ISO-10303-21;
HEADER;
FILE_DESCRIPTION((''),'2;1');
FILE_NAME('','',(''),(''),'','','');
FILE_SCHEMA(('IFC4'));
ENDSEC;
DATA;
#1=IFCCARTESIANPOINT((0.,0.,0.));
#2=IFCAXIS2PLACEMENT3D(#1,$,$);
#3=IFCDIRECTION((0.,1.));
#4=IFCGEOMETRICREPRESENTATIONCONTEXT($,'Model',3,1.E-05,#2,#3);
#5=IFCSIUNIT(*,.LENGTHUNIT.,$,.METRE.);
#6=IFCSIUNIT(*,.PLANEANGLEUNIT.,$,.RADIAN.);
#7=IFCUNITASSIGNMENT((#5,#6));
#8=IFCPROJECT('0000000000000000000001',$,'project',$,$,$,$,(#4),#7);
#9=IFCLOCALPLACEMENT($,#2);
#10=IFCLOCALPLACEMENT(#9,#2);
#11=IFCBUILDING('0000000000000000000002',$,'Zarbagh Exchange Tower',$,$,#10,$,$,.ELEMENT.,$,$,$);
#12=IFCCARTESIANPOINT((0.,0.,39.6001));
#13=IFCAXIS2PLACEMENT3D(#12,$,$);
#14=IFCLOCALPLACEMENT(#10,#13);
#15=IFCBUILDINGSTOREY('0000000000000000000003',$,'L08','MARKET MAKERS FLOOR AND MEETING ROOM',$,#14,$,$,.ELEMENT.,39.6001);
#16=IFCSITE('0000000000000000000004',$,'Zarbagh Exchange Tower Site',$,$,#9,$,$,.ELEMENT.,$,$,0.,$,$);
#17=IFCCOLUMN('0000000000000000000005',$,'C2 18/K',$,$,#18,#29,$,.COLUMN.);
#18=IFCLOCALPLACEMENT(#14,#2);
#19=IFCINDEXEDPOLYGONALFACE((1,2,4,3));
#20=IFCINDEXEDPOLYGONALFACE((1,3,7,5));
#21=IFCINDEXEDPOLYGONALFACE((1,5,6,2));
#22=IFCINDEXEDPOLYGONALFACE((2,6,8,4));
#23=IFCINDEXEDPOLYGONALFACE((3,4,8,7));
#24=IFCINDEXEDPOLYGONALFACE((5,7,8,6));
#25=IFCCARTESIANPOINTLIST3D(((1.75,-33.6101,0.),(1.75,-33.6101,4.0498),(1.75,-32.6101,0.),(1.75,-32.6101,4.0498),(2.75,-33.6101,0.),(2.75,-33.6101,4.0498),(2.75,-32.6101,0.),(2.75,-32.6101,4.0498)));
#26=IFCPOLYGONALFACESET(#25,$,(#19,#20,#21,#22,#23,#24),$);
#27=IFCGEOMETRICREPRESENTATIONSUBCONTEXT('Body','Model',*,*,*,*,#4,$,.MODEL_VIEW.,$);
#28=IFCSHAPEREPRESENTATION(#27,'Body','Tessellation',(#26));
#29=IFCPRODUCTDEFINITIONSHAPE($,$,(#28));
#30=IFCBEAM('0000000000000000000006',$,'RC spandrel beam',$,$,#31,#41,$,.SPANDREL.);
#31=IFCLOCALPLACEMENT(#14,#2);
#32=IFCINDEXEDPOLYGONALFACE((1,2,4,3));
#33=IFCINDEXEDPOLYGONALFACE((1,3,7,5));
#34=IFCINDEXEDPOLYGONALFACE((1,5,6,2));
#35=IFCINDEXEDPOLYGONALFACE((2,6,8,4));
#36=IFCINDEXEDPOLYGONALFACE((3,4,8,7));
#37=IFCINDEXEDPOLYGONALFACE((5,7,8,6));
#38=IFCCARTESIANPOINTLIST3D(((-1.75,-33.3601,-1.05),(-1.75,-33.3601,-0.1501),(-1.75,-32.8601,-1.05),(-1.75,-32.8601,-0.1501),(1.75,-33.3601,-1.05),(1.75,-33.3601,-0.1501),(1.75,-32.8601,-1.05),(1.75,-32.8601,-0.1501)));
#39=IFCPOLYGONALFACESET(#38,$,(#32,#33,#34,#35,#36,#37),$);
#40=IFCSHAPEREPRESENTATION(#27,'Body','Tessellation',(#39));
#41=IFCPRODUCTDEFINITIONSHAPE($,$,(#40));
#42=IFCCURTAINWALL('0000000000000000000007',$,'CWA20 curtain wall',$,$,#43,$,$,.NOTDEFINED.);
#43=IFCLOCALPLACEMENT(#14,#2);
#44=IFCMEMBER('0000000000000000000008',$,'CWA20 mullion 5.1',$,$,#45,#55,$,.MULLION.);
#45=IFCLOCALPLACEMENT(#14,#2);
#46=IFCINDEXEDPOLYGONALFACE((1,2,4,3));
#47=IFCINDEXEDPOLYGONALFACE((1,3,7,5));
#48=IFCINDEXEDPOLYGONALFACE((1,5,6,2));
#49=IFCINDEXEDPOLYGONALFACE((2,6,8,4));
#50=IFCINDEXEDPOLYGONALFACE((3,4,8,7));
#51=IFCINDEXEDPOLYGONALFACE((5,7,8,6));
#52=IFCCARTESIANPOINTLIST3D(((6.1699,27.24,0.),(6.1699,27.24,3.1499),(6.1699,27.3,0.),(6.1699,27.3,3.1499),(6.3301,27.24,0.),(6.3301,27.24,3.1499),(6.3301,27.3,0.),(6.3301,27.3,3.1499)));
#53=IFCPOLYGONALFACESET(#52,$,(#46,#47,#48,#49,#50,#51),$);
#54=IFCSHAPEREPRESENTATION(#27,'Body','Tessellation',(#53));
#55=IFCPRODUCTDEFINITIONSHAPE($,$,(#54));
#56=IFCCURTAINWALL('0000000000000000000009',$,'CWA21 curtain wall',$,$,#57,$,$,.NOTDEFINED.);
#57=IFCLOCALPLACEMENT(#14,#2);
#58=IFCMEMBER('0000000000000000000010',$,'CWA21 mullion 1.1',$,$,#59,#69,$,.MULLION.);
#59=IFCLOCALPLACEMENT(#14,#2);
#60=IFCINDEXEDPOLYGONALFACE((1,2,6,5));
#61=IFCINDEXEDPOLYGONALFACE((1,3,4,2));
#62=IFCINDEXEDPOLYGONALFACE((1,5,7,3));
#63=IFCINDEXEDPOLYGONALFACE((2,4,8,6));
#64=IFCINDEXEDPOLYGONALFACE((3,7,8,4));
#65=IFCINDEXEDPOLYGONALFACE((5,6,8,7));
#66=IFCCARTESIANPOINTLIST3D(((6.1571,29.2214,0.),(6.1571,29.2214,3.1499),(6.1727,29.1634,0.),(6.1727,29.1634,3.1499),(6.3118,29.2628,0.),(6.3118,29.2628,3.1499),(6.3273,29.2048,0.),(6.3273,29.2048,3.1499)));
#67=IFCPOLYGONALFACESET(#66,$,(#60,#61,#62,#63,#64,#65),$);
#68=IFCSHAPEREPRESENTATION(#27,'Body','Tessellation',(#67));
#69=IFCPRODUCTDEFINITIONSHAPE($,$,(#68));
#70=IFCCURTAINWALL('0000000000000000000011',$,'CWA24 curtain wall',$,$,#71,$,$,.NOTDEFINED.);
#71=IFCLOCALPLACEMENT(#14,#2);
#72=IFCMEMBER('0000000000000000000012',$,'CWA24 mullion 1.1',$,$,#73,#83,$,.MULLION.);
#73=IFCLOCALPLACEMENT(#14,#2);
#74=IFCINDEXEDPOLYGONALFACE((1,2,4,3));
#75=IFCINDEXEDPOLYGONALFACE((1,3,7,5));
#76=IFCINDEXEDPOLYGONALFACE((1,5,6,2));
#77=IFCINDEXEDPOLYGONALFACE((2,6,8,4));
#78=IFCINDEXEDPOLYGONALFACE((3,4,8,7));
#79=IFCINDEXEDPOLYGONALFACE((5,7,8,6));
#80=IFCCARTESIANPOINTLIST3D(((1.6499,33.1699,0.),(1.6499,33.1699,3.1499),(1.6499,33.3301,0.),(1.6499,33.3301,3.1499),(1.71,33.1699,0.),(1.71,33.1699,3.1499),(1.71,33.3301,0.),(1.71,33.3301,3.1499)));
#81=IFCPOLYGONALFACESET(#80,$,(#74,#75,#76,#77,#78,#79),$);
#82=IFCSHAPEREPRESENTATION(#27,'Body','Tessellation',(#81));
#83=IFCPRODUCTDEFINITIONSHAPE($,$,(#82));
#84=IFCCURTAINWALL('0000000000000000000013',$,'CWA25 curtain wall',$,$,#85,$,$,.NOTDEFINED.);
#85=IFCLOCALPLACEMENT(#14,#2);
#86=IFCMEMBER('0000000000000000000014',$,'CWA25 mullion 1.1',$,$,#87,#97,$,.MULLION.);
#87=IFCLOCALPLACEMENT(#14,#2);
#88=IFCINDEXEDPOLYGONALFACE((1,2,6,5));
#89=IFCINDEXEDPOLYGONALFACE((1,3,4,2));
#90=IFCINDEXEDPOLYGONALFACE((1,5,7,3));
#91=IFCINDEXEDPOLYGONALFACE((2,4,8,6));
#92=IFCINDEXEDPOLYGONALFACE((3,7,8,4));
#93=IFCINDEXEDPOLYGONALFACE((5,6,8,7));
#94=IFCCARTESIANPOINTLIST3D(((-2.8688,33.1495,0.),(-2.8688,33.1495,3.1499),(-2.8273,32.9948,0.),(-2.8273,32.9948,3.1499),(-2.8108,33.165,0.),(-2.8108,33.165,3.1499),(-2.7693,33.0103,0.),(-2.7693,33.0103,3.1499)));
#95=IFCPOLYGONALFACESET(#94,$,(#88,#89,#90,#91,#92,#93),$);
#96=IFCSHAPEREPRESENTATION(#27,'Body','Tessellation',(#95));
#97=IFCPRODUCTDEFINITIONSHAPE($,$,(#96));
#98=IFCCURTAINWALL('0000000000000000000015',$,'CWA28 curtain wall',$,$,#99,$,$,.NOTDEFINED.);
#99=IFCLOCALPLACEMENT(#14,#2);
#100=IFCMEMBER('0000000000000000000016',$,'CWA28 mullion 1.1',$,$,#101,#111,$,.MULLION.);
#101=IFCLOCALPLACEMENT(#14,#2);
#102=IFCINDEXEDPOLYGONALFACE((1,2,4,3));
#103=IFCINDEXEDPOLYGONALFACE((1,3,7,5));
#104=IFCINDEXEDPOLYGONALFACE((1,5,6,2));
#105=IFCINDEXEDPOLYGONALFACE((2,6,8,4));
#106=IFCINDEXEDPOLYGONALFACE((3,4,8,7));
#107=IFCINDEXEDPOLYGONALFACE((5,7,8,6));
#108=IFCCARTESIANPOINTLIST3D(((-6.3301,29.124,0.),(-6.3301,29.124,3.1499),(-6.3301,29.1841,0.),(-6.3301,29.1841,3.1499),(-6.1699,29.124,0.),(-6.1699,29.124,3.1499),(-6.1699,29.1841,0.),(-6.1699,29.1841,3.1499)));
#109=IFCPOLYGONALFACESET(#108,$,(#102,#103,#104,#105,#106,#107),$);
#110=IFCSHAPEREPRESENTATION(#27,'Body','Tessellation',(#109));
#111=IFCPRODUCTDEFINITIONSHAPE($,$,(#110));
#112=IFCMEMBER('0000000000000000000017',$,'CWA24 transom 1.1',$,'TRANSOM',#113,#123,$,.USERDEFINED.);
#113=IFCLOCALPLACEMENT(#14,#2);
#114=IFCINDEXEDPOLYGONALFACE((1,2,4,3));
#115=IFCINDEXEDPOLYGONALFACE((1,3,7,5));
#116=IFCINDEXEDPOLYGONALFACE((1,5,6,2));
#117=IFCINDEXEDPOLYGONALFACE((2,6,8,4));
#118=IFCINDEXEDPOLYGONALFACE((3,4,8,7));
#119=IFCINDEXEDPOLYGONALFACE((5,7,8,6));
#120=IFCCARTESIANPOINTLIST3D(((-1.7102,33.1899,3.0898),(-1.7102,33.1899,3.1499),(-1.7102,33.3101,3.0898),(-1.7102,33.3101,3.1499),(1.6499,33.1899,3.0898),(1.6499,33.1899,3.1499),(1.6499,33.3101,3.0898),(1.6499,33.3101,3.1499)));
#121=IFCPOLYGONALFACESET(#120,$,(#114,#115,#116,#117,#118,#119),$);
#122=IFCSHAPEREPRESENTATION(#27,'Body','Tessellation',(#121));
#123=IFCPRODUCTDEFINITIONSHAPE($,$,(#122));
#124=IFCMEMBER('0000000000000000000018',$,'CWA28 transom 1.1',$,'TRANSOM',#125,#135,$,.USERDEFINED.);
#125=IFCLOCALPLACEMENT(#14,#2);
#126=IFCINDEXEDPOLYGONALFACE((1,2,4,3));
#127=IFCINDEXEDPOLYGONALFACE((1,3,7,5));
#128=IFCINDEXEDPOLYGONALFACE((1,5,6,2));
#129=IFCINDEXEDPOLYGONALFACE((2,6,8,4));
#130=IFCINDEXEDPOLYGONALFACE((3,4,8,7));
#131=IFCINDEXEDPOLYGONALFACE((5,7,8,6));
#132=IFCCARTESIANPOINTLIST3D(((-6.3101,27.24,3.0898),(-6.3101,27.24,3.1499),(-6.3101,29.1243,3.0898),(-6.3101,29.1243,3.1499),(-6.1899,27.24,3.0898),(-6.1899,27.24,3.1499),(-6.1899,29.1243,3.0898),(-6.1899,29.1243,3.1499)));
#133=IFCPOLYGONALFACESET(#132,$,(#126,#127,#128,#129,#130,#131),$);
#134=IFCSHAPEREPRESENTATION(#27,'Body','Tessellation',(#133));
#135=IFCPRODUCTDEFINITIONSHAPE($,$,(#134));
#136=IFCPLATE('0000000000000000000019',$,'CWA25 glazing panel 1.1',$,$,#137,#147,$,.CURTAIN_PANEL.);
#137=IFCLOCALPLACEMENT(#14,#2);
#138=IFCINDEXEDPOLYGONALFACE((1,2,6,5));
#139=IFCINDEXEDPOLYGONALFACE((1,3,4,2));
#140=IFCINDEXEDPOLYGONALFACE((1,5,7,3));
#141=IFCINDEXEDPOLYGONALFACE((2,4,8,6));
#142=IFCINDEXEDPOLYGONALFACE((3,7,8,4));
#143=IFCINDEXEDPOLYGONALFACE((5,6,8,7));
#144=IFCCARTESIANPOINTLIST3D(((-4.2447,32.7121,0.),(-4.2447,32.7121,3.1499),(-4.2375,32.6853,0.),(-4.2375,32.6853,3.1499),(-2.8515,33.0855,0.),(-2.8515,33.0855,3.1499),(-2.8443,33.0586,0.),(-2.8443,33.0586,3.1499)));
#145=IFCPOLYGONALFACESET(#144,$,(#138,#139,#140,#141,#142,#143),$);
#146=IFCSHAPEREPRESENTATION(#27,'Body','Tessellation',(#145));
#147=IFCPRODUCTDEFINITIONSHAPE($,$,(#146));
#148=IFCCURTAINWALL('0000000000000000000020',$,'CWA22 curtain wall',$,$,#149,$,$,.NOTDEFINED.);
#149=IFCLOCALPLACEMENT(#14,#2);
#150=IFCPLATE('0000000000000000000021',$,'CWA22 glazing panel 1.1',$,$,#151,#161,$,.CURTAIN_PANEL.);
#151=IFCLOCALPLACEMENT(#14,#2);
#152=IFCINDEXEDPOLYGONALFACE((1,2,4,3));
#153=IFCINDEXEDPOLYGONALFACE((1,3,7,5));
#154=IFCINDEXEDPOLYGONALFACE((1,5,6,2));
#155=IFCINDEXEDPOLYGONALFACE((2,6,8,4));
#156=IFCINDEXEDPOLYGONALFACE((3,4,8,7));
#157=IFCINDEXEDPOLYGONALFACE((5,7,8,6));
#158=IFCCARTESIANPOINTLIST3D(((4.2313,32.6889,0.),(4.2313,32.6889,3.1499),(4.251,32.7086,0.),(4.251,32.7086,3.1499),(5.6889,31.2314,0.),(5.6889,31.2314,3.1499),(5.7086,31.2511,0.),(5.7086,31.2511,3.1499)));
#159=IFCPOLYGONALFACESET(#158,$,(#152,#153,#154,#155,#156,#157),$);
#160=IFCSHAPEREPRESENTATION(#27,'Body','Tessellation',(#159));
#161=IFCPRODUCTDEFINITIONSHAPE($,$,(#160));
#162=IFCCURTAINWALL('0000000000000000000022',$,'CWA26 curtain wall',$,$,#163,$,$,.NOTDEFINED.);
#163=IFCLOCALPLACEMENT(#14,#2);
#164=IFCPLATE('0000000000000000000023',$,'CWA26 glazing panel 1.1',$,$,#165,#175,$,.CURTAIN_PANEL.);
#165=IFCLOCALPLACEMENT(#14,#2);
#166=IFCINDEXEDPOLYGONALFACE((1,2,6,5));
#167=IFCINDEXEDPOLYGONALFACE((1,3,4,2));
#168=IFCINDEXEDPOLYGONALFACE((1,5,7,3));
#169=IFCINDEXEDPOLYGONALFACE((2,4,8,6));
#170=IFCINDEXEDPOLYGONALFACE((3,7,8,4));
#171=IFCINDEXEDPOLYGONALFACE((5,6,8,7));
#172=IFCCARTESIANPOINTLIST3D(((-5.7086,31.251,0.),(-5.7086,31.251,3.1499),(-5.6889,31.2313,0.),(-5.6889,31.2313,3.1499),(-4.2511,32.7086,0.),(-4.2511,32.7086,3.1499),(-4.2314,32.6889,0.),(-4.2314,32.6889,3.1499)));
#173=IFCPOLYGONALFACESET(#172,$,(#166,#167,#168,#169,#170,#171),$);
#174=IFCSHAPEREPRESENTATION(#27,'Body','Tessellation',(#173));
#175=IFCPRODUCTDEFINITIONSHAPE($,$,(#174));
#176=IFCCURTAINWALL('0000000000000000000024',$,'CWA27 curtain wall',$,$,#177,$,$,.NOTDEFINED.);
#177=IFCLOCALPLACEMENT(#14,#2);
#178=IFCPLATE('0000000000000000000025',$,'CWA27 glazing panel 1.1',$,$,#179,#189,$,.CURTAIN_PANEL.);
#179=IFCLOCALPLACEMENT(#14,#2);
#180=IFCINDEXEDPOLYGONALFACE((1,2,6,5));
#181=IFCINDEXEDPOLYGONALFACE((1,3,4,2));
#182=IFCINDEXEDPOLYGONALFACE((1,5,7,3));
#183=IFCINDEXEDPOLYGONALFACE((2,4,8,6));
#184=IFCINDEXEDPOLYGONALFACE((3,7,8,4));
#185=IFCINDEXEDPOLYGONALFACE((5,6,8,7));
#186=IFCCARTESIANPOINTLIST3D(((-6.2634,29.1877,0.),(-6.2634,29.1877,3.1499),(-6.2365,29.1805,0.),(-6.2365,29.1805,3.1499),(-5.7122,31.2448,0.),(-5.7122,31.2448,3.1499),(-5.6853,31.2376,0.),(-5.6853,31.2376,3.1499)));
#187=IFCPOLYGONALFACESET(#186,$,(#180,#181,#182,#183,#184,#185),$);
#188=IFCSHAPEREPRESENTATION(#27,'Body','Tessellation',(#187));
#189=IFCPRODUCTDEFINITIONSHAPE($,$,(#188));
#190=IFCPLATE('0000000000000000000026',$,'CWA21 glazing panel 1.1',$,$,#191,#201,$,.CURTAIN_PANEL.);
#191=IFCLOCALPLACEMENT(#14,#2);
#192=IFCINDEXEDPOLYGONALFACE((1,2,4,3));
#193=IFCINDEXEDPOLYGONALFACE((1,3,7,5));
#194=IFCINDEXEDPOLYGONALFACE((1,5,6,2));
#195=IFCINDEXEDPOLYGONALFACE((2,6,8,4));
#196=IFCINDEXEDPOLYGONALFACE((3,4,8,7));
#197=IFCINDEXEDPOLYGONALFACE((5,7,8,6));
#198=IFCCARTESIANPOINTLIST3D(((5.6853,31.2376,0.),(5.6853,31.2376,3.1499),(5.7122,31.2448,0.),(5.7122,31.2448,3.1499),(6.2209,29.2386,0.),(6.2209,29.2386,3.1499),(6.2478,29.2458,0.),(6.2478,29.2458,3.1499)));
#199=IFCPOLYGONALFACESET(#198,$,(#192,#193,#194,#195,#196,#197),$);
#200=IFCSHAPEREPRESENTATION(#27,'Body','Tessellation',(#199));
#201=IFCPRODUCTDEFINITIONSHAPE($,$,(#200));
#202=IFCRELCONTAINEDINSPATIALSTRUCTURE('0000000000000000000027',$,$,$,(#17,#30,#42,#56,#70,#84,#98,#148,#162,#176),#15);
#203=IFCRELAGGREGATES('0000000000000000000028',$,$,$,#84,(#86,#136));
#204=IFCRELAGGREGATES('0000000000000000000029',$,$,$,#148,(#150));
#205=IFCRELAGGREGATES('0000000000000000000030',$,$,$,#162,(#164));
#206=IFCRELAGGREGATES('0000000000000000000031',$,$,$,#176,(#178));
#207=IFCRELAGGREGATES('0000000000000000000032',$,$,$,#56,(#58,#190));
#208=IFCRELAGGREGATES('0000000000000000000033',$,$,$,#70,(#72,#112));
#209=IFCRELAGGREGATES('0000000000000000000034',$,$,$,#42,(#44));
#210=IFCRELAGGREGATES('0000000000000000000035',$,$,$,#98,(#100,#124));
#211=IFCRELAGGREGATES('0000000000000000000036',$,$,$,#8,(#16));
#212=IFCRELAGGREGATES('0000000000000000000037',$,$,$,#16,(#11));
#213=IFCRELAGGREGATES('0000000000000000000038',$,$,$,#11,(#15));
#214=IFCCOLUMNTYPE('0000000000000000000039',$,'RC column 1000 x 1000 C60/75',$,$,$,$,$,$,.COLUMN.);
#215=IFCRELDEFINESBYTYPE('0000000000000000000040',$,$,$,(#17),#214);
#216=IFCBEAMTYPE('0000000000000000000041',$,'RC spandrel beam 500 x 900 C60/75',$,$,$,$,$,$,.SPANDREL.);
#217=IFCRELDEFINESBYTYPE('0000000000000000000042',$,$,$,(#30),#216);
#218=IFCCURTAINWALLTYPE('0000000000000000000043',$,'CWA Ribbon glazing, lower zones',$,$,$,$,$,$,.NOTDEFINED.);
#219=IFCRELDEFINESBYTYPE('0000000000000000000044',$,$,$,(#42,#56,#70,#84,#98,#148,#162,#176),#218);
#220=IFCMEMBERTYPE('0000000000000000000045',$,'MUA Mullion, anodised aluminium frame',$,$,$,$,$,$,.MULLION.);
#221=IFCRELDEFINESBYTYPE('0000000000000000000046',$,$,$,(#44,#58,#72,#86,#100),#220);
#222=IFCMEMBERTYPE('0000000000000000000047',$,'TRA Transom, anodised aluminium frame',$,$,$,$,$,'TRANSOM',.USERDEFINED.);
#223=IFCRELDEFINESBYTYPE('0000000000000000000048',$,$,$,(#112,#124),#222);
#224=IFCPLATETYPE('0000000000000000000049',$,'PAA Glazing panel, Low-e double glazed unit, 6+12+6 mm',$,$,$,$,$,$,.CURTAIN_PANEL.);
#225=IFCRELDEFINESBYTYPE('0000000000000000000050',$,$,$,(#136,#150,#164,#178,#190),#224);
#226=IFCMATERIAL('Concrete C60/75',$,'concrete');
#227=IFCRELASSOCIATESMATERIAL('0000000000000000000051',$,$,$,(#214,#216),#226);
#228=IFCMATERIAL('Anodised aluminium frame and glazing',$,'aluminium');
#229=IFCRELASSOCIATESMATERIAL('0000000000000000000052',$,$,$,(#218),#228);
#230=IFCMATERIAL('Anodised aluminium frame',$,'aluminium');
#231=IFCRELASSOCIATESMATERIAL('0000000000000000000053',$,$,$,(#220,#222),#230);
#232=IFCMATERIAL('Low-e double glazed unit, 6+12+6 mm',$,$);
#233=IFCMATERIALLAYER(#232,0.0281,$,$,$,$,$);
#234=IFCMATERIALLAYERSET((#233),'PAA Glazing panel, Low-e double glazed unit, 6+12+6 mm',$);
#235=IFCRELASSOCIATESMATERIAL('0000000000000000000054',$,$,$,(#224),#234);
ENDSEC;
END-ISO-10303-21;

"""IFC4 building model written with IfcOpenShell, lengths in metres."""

from ifc_helpers import new_model, si_unit, direction, frame, origin, origin_2d, place, context, subcontext, project, spatial, polyline, rectangle, outline, extrude, source, transform, mapped, material, layer, layer_set, material_profile, profile_set, type_object, element, aggregate, save


model = new_model("IFC4")

# Units and contexts
model_context = context("Model", 3, precision=1e-05, world=origin(), true_north=direction((0.0, 1.0)))
body_context = subcontext(model_context, "Body", "Model", "MODEL_VIEW")
ifc_project = project(units=[si_unit("LENGTHUNIT", "METRE"), si_unit("PLANEANGLEUNIT", "RADIAN")], contexts=[model_context])

# Site, building, storey
site_placement = place(None, origin())
site = spatial("IfcSite", under=ifc_project, at=site_placement, Name="Zarbagh Exchange Tower Site", CompositionType="ELEMENT", RefElevation=0.0)
building_placement = place(site_placement, origin())
building = spatial("IfcBuilding", under=site, at=building_placement, Name="Zarbagh Exchange Tower", CompositionType="ELEMENT")
storey_placement = place(building_placement, frame((0.0, 0.0, 39.6001)))
storey = spatial("IfcBuildingStorey", under=building, at=storey_placement, Name="L08", Description="MARKET MAKERS FLOOR AND MEETING ROOM", CompositionType="ELEMENT", Elevation=39.6001)

# Column
ifc_material_1 = material(Name="Concrete C60/75", Category="concrete")
ifc_material_profile_1 = material_profile(ifc_material_1, rectangle(XDim=1.0, YDim=1.0, at=origin_2d()), Name="RC column 1000 x 1000 C60/75")
ifc_profile_set_1 = profile_set([ifc_material_profile_1], Name="Concrete C60/75")
column_type = type_object("IfcColumnType", Name="RC column 1000 x 1000 C60/75", PredefinedType="COLUMN", material=ifc_profile_set_1)
column_placement = place(storey_placement, frame((2.25, -33.1101, 0.0), z_axis=(0.0, 0.0, 1.0), x_axis=(1.0, 0.0, 0.0)))
element("IfcColumn", 1, at=column_placement, inside=storey, type_object=column_type, Name="C2 18/K", PredefinedType="COLUMN", context=body_context, shape_type="SweptSolid", body=[
    extrude(rectangle(XDim=1.0, YDim=1.0, at=origin_2d()), origin(), (0.0, 0.0, 1.0), 4.0498),
])

# Beam
ifc_material_profile_2 = material_profile(ifc_material_1, rectangle(XDim=0.5, YDim=0.8999, at=origin_2d()), Name="RC spandrel beam 500 x 900 C60/75")
ifc_profile_set_2 = profile_set([ifc_material_profile_2], Name="Concrete C60/75")
beam_type = type_object("IfcBeamType", Name="RC spandrel beam 500 x 900 C60/75", PredefinedType="SPANDREL", material=ifc_profile_set_2)
beam_placement = place(storey_placement, frame((1.75, -33.1101, -0.6001), z_axis=(-1.0, 0.0, 0.0), x_axis=(0.0, -1.0, 0.0)))
element("IfcBeam", 2, at=beam_placement, inside=storey, type_object=beam_type, Name="RC spandrel beam", PredefinedType="SPANDREL", context=body_context, shape_type="SweptSolid", body=[
    extrude(rectangle(XDim=0.5, YDim=0.8999, at=origin_2d()), origin(), (0.0, 0.0, 1.0), 3.5),
])

# Curtain walls, members
ifc_material_2 = material(Name="Anodised aluminium frame and glazing", Category="aluminium")
curtain_wall_type = type_object("IfcCurtainWallType", Name="CWA Ribbon glazing, lower zones", PredefinedType="NOTDEFINED", material=ifc_material_2)
curtain_wall_1_placement = place(storey_placement, origin())
curtain_wall_1 = element("IfcCurtainWall", 3, at=curtain_wall_1_placement, inside=storey, type_object=curtain_wall_type, Name="CWA20 curtain wall", PredefinedType="NOTDEFINED")
ifc_material_3 = material(Name="Anodised aluminium frame", Category="aluminium")
member_type_1 = type_object("IfcMemberType", Name="MUA Mullion, anodised aluminium frame", PredefinedType="MULLION", material=ifc_material_3)
shared_shape_1 = source(origin(), body_context, "Body", "SweptSolid", [
    extrude(outline(polyline([(0.0, -0.0801), (0.0601, -0.0801), (0.0601, 0.0801), (0.0, 0.0801), (0.0, -0.0801)])), origin(), (0.0, 0.0, 1.0), 3.1499),
])
placement = place(storey_placement, origin())
member_1 = element("IfcMember", 4, at=placement, type_object=member_type_1, Name="CWA20 mullion 5.1", PredefinedType="MULLION", context=body_context, shape_type="MappedRepresentation", body=[
    mapped(shared_shape_1, transform((6.25, 27.24, 0.0), x_axis=(0.0, 1.0, 0.0), y_axis=(-1.0, 0.0, 0.0), z_axis=(0.0, 0.0, 1.0))),
])
curtain_wall_2_placement = place(storey_placement, origin())
curtain_wall_2 = element("IfcCurtainWall", 5, at=curtain_wall_2_placement, inside=storey, type_object=curtain_wall_type, Name="CWA21 curtain wall", PredefinedType="NOTDEFINED")
member_2 = element("IfcMember", 6, at=placement, type_object=member_type_1, Name="CWA21 mullion 1.1", PredefinedType="MULLION", context=body_context, shape_type="MappedRepresentation", body=[
    mapped(shared_shape_1, transform((6.25, 29.1841, 0.0), x_axis=(-0.258825, 0.965924, 0.0), y_axis=(-0.965924, -0.258825, 0.0), z_axis=(0.0, 0.0, 1.0))),
])
curtain_wall_3_placement = place(storey_placement, origin())
curtain_wall_3 = element("IfcCurtainWall", 7, at=curtain_wall_3_placement, inside=storey, type_object=curtain_wall_type, Name="CWA24 curtain wall", PredefinedType="NOTDEFINED")
member_3 = element("IfcMember", 8, at=placement, type_object=member_type_1, Name="CWA24 mullion 1.1", PredefinedType="MULLION", context=body_context, shape_type="MappedRepresentation", body=[
    mapped(shared_shape_1, transform((1.71, 33.25, 0.0), x_axis=(-1.0, 0.0, 0.0), y_axis=(0.0, -1.0, 0.0), z_axis=(0.0, 0.0, 1.0))),
])
curtain_wall_4_placement = place(storey_placement, origin())
curtain_wall_4 = element("IfcCurtainWall", 9, at=curtain_wall_4_placement, inside=storey, type_object=curtain_wall_type, Name="CWA25 curtain wall", PredefinedType="NOTDEFINED")
member_4 = element("IfcMember", 10, at=placement, type_object=member_type_1, Name="CWA25 mullion 1.1", PredefinedType="MULLION", context=body_context, shape_type="MappedRepresentation", body=[
    mapped(shared_shape_1, transform((-2.79, 33.0876, 0.0), x_axis=(-0.965924, -0.258825, 0.0), y_axis=(0.258825, -0.965924, 0.0), z_axis=(0.0, 0.0, 1.0))),
])
curtain_wall_5_placement = place(storey_placement, origin())
curtain_wall_5 = element("IfcCurtainWall", 11, at=curtain_wall_5_placement, inside=storey, type_object=curtain_wall_type, Name="CWA28 curtain wall", PredefinedType="NOTDEFINED")
member_5 = element("IfcMember", 12, at=placement, type_object=member_type_1, Name="CWA28 mullion 1.1", PredefinedType="MULLION", context=body_context, shape_type="MappedRepresentation", body=[
    mapped(shared_shape_1, transform((-6.25, 29.1841, 0.0), x_axis=(0.0, -1.0, 0.0), y_axis=(1.0, 0.0, 0.0), z_axis=(0.0, 0.0, 1.0))),
])

# Members
member_type_2 = type_object("IfcMemberType", Name="TRA Transom, anodised aluminium frame", ElementType="TRANSOM", PredefinedType="USERDEFINED", material=ifc_material_3)
shared_shape_2 = source(origin(), body_context, "Body", "SweptSolid", [
    extrude(outline(polyline([(-0.0601, -0.0601), (0.0, -0.0601), (0.0, 0.0601), (-0.0601, 0.0601), (-0.0601, -0.0601)])), origin(), (0.0, 0.0, 1.0), 3.3601),
])
member_6 = element("IfcMember", 13, at=placement, type_object=member_type_2, Name="CWA24 transom 1.1", ObjectType="TRANSOM", PredefinedType="USERDEFINED", context=body_context, shape_type="MappedRepresentation", body=[
    mapped(shared_shape_2, transform((1.6499, 33.25, 3.1499), x_axis=(0.0, 0.0, 1.0), y_axis=(0.0, 1.0, 0.0), z_axis=(-1.0, 0.0, 0.0))),
])
shared_shape_3 = source(origin(), body_context, "Body", "SweptSolid", [
    extrude(outline(polyline([(-0.0601, -0.0601), (0.0, -0.0601), (0.0, 0.0601), (-0.0601, 0.0601), (-0.0601, -0.0601)])), origin(), (0.0, 0.0, 1.0), 1.8843),
])
member_7 = element("IfcMember", 14, at=placement, type_object=member_type_2, Name="CWA28 transom 1.1", ObjectType="TRANSOM", PredefinedType="USERDEFINED", context=body_context, shape_type="MappedRepresentation", body=[
    mapped(shared_shape_3, transform((-6.25, 29.1243, 3.1499), x_axis=(0.0, 0.0, 1.0), y_axis=(-1.0, 0.0, 0.0), z_axis=(0.0, -1.0, 0.0))),
])

# Plate
ifc_material_4 = material(Name="Low-e double glazed unit, 6+12+6 mm")
ifc_layer_1 = layer(ifc_material_4, 0.0281)
ifc_layer_set_1 = layer_set([ifc_layer_1], Name="PAA Glazing panel, Low-e double glazed unit, 6+12+6 mm")
plate_type = type_object("IfcPlateType", Name="PAA Glazing panel, Low-e double glazed unit, 6+12+6 mm", PredefinedType="CURTAIN_PANEL", material=ifc_layer_set_1)
shared_shape_4 = source(origin(), body_context, "Body", "SweptSolid", [
    extrude(outline(polyline([(0.0, -0.0139), (1.4424, -0.0139), (1.4424, 0.0139), (0.0, 0.0139), (0.0, -0.0139)])), origin(), (0.0, 0.0, 1.0), 3.1499),
])
plate_1 = element("IfcPlate", 15, at=placement, type_object=plate_type, Name="CWA25 glazing panel 1.1", PredefinedType="CURTAIN_PANEL", context=body_context, shape_type="MappedRepresentation", body=[
    mapped(shared_shape_4, transform((-2.8479, 33.072, 0.0), x_axis=(-0.965924, -0.258825, 0.0), y_axis=(0.258825, -0.965924, 0.0), z_axis=(0.0, 0.0, 1.0))),
])
aggregate(curtain_wall_4, [member_4, plate_1])

# Curtain walls, plates
curtain_wall_6_placement = place(storey_placement, origin())
curtain_wall_6 = element("IfcCurtainWall", 16, at=curtain_wall_6_placement, inside=storey, type_object=curtain_wall_type, Name="CWA22 curtain wall", PredefinedType="NOTDEFINED")
shared_shape_5 = source(origin(), body_context, "Body", "SweptSolid", [
    extrude(outline(polyline([(0.0, -0.0139), (2.0613, -0.0139), (2.0613, 0.0139), (0.0, 0.0139), (0.0, -0.0139)])), origin(), (0.0, 0.0, 1.0), 3.1499),
])
plate_2 = element("IfcPlate", 17, at=placement, type_object=plate_type, Name="CWA22 glazing panel 1.1", PredefinedType="CURTAIN_PANEL", context=body_context, shape_type="MappedRepresentation", body=[
    mapped(shared_shape_5, transform((5.6987, 31.2412, 0.0), x_axis=(-0.707107, 0.707107, 0.0), y_axis=(-0.707107, -0.707107, 0.0), z_axis=(0.0, 0.0, 1.0))),
])
aggregate(curtain_wall_6, [plate_2])
curtain_wall_7_placement = place(storey_placement, origin())
curtain_wall_7 = element("IfcCurtainWall", 18, at=curtain_wall_7_placement, inside=storey, type_object=curtain_wall_type, Name="CWA26 curtain wall", PredefinedType="NOTDEFINED")
plate_3 = element("IfcPlate", 19, at=placement, type_object=plate_type, Name="CWA26 glazing panel 1.1", PredefinedType="CURTAIN_PANEL", context=body_context, shape_type="MappedRepresentation", body=[
    mapped(shared_shape_5, transform((-4.2412, 32.6987, 0.0), x_axis=(-0.707107, -0.707107, 0.0), y_axis=(0.707107, -0.707107, 0.0), z_axis=(0.0, 0.0, 1.0))),
])
aggregate(curtain_wall_7, [plate_3])
curtain_wall_8_placement = place(storey_placement, origin())
curtain_wall_8 = element("IfcCurtainWall", 20, at=curtain_wall_8_placement, inside=storey, type_object=curtain_wall_type, Name="CWA27 curtain wall", PredefinedType="NOTDEFINED")
shared_shape_6 = source(origin(), body_context, "Body", "SweptSolid", [
    extrude(outline(polyline([(0.0, -0.0139), (2.1296, -0.0139), (2.1296, 0.0139), (0.0, 0.0139), (0.0, -0.0139)])), origin(), (0.0, 0.0, 1.0), 3.1499),
])
plate_4 = element("IfcPlate", 21, at=placement, type_object=plate_type, Name="CWA27 glazing panel 1.1", PredefinedType="CURTAIN_PANEL", context=body_context, shape_type="MappedRepresentation", body=[
    mapped(shared_shape_6, transform((-5.6987, 31.2412, 0.0), x_axis=(-0.258825, -0.965924, 0.0), y_axis=(0.965924, -0.258825, 0.0), z_axis=(0.0, 0.0, 1.0))),
])
aggregate(curtain_wall_8, [plate_4])

# Plate
shared_shape_7 = source(origin(), body_context, "Body", "SweptSolid", [
    extrude(outline(polyline([(0.0, -0.0139), (2.0696, -0.0139), (2.0696, 0.0139), (0.0, 0.0139), (0.0, -0.0139)])), origin(), (0.0, 0.0, 1.0), 3.1499),
])
plate_5 = element("IfcPlate", 22, at=placement, type_object=plate_type, Name="CWA21 glazing panel 1.1", PredefinedType="CURTAIN_PANEL", context=body_context, shape_type="MappedRepresentation", body=[
    mapped(shared_shape_7, transform((6.2344, 29.2422, 0.0), x_axis=(-0.258825, 0.965924, 0.0), y_axis=(-0.965924, -0.258825, 0.0), z_axis=(0.0, 0.0, 1.0))),
])
aggregate(curtain_wall_2, [member_2, plate_5])

aggregate(curtain_wall_3, [member_3, member_6])
aggregate(curtain_wall_1, [member_1])
aggregate(curtain_wall_5, [member_5, member_7])

save(model, "model.ifc")
